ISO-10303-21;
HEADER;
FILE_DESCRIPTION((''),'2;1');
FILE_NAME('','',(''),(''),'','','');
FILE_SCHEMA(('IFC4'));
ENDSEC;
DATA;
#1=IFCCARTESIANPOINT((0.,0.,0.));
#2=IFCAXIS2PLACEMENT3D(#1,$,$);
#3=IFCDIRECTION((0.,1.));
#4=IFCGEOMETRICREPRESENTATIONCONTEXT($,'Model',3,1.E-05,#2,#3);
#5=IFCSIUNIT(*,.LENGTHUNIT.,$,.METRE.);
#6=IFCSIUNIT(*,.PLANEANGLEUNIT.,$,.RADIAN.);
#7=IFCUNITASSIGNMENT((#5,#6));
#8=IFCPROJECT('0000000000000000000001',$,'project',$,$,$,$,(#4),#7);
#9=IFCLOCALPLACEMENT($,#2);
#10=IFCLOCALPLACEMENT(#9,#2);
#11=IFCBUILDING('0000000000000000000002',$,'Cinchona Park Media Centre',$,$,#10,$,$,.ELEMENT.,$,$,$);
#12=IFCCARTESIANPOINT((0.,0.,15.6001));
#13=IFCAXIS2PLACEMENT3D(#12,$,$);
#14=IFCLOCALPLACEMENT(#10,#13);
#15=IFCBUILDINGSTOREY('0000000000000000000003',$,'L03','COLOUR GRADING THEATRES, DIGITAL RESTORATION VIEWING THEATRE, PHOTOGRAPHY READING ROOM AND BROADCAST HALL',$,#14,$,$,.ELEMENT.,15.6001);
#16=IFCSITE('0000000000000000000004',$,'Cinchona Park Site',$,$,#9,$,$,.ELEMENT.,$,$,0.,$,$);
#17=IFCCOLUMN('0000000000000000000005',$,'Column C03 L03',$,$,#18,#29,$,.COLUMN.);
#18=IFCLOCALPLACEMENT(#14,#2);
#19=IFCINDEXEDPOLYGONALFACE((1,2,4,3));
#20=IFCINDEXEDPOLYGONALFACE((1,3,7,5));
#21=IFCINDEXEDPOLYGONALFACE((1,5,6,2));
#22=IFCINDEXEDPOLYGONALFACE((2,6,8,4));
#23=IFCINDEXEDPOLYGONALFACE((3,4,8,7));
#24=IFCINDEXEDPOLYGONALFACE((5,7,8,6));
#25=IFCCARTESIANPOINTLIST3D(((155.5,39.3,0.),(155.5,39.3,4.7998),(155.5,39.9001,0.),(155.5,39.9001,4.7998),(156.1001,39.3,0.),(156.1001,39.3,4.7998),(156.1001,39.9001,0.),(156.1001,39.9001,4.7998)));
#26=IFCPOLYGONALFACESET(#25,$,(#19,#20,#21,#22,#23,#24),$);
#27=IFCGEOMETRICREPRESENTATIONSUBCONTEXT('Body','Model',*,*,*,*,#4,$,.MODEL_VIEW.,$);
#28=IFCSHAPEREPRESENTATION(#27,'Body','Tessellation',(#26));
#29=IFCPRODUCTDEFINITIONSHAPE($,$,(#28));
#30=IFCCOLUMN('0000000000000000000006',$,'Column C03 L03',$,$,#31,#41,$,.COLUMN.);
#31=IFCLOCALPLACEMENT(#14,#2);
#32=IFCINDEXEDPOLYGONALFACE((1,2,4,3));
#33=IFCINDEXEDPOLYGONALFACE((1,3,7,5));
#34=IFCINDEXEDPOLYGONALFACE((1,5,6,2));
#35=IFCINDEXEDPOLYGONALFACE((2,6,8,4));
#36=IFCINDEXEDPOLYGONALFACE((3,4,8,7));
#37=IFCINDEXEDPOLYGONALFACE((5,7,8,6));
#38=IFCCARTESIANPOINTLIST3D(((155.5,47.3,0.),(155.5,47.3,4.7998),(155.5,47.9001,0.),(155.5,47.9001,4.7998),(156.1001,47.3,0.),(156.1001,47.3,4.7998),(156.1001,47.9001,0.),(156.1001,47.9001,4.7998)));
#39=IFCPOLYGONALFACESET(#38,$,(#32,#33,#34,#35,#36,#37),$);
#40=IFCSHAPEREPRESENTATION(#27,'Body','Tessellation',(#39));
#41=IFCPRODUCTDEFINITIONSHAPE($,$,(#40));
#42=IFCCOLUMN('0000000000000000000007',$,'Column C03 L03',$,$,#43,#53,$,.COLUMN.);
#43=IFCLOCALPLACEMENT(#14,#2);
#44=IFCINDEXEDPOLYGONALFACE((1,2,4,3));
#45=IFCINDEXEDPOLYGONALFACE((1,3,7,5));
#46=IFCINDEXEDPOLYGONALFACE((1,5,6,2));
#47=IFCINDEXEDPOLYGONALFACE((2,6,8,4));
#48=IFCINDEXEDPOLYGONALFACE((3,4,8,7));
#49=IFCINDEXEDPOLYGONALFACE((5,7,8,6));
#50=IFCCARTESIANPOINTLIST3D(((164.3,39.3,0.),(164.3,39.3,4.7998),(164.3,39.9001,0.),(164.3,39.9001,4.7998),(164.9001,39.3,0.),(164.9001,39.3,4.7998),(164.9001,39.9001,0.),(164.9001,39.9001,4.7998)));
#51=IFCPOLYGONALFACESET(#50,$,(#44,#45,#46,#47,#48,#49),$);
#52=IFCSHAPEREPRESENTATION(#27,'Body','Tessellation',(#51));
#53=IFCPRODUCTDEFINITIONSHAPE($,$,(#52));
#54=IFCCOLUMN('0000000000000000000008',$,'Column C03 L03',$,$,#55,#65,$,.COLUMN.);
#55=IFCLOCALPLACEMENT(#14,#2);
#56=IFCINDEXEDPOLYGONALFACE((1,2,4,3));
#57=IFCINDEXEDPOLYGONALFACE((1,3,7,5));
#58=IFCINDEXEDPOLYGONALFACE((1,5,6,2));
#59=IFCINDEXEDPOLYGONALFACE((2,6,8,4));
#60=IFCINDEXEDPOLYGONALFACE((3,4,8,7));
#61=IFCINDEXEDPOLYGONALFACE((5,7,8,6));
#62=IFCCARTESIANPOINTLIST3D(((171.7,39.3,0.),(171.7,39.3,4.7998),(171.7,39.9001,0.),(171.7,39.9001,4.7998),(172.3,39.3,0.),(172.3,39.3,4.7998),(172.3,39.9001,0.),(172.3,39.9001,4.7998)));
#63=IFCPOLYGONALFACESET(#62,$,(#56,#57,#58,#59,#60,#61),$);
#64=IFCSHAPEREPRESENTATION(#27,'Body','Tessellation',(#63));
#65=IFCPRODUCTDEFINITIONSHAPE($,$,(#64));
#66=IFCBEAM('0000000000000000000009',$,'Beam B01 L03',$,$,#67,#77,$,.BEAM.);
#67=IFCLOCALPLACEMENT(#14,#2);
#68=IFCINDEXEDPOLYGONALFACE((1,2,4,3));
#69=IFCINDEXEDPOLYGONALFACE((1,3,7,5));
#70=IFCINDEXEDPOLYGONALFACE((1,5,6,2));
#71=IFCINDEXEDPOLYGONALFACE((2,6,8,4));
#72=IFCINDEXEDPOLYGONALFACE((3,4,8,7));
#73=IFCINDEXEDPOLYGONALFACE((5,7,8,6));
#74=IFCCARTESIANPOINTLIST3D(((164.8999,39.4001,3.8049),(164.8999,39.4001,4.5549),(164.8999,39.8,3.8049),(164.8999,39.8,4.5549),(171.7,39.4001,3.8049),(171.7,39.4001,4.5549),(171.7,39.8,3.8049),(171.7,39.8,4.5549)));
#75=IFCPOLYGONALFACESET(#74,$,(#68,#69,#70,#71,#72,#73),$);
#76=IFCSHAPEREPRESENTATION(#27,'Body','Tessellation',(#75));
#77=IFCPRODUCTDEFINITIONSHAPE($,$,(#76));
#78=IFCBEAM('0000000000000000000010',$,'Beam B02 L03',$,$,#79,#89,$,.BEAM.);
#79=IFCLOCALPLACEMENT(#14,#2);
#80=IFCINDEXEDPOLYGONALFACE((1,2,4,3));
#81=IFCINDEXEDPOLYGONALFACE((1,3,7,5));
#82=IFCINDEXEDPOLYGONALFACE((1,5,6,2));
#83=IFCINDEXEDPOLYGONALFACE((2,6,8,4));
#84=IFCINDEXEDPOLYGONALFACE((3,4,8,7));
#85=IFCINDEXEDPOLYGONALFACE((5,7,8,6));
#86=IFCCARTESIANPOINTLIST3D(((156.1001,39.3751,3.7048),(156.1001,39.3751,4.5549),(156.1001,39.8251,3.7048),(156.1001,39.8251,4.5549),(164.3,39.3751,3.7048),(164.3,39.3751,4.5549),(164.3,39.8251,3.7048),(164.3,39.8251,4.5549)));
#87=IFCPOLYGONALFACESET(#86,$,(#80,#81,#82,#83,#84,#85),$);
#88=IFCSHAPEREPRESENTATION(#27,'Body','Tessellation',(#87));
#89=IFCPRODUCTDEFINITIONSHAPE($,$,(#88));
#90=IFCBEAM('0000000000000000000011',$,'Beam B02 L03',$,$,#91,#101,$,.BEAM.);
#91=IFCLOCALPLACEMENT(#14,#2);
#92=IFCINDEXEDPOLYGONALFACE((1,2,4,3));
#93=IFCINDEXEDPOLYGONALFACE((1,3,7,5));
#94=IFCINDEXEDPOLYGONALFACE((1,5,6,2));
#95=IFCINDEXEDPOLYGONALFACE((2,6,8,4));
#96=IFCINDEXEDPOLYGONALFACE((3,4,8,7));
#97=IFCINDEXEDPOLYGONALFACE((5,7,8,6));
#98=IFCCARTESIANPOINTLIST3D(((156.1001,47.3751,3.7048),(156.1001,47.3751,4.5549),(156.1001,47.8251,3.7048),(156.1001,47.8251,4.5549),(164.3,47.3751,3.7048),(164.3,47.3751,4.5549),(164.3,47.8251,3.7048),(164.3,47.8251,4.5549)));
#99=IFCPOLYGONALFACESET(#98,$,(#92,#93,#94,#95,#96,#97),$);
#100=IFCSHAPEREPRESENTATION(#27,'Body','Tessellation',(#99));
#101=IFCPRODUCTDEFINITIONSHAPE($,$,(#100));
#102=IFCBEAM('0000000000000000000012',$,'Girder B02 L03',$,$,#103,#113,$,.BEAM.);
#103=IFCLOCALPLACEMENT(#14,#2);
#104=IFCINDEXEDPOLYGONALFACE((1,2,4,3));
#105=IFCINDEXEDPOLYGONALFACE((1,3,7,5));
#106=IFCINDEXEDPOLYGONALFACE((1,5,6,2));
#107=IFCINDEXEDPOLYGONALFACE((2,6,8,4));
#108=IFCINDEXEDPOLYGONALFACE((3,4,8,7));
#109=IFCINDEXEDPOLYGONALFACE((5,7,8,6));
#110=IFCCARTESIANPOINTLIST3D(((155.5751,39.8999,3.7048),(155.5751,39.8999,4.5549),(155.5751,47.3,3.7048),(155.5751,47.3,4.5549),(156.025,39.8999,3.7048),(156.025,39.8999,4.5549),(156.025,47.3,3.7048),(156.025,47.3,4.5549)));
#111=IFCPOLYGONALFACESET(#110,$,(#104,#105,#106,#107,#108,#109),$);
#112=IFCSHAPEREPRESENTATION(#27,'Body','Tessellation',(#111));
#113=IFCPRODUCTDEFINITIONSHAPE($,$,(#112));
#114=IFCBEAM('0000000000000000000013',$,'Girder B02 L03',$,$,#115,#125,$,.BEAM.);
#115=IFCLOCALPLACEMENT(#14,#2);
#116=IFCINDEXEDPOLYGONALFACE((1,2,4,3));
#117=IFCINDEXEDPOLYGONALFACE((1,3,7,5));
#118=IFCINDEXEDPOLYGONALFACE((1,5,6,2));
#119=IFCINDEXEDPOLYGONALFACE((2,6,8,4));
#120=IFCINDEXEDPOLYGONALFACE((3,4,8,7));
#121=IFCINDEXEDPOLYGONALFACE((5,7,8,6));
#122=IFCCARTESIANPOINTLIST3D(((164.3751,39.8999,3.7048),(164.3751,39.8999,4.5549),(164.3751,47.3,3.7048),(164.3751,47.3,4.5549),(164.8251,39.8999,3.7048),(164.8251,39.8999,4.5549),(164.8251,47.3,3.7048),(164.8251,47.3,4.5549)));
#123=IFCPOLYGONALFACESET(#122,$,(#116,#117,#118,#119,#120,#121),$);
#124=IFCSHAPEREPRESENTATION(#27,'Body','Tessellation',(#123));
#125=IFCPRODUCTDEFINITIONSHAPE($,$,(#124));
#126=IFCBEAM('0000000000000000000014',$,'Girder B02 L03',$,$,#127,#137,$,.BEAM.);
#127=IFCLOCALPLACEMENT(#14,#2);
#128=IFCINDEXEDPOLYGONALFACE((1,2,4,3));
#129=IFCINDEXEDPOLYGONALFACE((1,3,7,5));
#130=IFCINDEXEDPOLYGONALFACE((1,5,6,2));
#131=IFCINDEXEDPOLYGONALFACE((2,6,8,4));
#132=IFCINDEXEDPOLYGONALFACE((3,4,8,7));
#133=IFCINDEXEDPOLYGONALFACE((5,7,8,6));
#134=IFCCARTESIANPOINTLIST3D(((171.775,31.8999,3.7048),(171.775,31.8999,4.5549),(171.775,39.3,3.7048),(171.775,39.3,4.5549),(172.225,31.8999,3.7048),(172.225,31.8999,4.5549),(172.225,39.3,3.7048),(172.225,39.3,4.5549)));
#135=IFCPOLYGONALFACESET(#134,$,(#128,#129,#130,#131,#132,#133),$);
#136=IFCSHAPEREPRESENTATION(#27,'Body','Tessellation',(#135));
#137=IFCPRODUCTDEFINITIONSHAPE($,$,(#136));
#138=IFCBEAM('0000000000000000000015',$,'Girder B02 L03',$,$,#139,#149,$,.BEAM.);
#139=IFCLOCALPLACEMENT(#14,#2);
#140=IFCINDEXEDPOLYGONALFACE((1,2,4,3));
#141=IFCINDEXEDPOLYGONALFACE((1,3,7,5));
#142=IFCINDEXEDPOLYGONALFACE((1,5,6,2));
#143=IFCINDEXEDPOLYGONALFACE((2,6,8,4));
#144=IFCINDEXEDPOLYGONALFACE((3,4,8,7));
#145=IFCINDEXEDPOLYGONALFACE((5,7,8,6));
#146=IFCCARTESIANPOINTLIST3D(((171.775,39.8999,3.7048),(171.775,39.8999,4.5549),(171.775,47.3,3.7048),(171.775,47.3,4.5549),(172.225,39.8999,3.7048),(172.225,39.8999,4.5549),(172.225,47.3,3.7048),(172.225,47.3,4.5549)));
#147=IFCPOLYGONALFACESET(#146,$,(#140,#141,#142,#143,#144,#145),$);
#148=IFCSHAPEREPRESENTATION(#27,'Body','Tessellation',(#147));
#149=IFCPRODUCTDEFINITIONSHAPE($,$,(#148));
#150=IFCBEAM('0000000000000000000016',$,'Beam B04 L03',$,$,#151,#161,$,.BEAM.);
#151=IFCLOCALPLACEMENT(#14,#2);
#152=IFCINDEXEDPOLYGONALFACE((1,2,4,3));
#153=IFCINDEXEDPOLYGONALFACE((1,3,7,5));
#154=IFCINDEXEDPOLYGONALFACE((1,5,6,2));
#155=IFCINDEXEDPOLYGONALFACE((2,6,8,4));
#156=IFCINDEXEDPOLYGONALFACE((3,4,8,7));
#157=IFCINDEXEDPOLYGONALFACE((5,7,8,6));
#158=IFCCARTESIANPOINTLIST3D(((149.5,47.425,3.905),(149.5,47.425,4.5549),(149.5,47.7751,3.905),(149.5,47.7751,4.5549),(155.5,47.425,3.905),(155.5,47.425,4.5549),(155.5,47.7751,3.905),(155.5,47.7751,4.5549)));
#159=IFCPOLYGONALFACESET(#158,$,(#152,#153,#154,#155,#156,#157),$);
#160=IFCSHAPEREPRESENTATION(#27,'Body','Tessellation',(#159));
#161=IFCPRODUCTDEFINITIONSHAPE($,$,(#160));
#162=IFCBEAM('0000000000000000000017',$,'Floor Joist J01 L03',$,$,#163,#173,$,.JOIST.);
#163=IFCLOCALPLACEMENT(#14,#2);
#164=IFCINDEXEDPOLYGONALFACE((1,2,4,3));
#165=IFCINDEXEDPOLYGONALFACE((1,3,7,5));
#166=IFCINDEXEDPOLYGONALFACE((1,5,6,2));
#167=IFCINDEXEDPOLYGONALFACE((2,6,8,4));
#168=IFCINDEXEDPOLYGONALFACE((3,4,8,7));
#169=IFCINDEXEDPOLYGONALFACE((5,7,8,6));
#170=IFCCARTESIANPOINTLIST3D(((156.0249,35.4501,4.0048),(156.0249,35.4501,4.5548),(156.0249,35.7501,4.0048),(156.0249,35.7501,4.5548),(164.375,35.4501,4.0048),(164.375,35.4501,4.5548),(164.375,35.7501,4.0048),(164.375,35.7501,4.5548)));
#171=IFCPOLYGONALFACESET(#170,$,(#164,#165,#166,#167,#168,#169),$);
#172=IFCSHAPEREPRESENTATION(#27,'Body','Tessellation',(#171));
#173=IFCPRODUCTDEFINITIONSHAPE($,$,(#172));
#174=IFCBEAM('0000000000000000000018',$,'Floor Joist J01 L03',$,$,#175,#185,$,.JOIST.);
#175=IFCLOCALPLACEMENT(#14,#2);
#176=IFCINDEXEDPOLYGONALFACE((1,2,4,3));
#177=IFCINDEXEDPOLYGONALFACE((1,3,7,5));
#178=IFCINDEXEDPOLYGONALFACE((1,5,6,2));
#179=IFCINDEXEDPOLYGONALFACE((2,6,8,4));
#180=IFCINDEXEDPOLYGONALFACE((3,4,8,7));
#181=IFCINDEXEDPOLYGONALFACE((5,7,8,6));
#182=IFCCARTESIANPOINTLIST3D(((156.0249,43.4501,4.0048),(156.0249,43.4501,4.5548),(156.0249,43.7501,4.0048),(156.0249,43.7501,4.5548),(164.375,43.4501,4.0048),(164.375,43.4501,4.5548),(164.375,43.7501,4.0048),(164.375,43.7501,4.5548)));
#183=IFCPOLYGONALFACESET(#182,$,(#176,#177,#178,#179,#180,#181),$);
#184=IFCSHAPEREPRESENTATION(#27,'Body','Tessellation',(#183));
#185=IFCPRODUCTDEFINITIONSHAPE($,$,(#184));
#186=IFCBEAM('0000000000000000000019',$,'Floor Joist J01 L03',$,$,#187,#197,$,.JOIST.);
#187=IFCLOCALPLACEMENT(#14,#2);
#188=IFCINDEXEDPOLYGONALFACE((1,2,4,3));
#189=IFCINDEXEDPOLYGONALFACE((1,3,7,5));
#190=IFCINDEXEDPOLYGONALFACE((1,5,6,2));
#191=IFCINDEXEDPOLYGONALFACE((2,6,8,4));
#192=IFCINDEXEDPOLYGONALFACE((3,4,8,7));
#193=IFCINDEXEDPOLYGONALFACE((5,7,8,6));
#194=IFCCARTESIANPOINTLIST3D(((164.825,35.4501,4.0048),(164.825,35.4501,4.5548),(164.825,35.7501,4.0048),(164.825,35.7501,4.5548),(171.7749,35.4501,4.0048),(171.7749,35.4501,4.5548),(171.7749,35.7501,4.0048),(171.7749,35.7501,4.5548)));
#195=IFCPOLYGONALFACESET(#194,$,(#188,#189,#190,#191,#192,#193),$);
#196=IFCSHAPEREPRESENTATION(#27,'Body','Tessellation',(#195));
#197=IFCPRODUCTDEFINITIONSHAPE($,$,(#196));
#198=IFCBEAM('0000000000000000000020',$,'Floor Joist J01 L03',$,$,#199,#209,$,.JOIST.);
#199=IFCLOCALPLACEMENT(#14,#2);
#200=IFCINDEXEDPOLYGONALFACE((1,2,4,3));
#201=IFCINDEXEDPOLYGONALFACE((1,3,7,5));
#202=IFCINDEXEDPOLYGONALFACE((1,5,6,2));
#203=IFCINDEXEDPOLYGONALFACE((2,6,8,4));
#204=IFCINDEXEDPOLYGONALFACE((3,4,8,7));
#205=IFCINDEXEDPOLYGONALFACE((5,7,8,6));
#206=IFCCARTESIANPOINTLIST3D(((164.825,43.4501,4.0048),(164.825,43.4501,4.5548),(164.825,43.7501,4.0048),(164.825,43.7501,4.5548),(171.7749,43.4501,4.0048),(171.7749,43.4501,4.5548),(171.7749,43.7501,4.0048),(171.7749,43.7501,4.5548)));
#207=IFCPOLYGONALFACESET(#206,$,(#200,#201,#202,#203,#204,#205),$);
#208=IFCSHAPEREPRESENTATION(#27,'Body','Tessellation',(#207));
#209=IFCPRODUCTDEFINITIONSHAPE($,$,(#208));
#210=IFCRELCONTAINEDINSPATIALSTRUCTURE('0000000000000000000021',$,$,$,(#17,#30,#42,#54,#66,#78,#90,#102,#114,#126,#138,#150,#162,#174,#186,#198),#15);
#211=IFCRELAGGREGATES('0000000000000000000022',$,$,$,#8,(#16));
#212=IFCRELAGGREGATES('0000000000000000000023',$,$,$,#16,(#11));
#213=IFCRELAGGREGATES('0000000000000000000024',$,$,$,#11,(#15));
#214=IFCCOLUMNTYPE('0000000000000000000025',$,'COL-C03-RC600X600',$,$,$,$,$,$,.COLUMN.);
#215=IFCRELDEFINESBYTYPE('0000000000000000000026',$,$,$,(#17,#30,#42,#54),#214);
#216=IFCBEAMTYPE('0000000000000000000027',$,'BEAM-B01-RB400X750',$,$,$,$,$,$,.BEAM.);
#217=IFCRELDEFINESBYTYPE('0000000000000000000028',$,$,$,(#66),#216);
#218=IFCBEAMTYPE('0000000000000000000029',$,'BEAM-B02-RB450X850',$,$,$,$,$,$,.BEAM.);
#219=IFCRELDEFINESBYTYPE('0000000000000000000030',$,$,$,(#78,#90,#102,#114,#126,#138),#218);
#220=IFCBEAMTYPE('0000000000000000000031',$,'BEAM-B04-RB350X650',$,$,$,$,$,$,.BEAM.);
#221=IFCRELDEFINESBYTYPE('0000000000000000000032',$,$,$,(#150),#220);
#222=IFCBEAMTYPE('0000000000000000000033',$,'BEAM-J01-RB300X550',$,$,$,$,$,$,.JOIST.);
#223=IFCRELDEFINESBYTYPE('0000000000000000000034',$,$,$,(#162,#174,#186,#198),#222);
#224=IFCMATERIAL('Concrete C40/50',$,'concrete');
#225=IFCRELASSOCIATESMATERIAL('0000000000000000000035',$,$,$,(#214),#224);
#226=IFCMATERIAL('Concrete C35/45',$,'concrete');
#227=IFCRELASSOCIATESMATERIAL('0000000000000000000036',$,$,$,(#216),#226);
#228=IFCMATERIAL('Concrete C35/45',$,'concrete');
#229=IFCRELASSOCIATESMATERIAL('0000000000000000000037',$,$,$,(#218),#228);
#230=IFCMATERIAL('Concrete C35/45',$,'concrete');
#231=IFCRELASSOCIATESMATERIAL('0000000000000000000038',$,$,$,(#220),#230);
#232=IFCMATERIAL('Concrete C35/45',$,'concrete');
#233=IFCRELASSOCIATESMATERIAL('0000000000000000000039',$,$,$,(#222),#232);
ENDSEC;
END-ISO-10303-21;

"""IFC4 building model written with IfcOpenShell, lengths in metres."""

from ifc_helpers import new_model, si_unit, direction, frame, origin, origin_2d, place, context, subcontext, project, spatial, rectangle, extrude, material, material_profile, profile_set, type_object, element, save


model = new_model("IFC4")

# Units and contexts
model_context = context("Model", 3, precision=1e-05, world=origin(), true_north=direction((0.0, 1.0)))
body_context = subcontext(model_context, "Body", "Model", "MODEL_VIEW")
ifc_project = project(units=[si_unit("LENGTHUNIT", "METRE"), si_unit("PLANEANGLEUNIT", "RADIAN")], contexts=[model_context])

# Site, building, storey
site_placement = place(None, origin())
site = spatial("IfcSite", under=ifc_project, at=site_placement, Name="Cinchona Park Site", CompositionType="ELEMENT", RefElevation=0.0)
building_placement = place(site_placement, origin())
building = spatial("IfcBuilding", under=site, at=building_placement, Name="Cinchona Park Media Centre", CompositionType="ELEMENT")
storey_placement = place(building_placement, frame((0.0, 0.0, 15.6001)))
storey = spatial("IfcBuildingStorey", under=building, at=storey_placement, Name="L03", Description="COLOUR GRADING THEATRES, DIGITAL RESTORATION VIEWING THEATRE, PHOTOGRAPHY READING ROOM AND BROADCAST HALL", CompositionType="ELEMENT", Elevation=15.6001)

# Columns
ifc_material_1 = material(Name="Concrete C40/50", Category="concrete")
ifc_material_profile_1 = material_profile(ifc_material_1, rectangle(XDim=0.6001, YDim=0.6001, at=origin_2d()), Name="RC 600X600")
ifc_profile_set_1 = profile_set([ifc_material_profile_1], Name="Concrete C40/50")
column_type = type_object("IfcColumnType", Name="COL-C03-RC600X600", PredefinedType="COLUMN", material=ifc_profile_set_1)
for number, where, z_axis, x_axis, name in (
    (1, (155.8, 39.6001, 0.0), (0.0, 0.0, 1.0), (1.0, 0.0, 0.0), "Column C03 L03"),
    (2, (155.8, 47.6001, 0.0), (0.0, 0.0, 1.0), (1.0, 0.0, 0.0), "Column C03 L03"),
    (3, (164.6001, 39.6001, 0.0), (0.0, 0.0, 1.0), (1.0, 0.0, 0.0), "Column C03 L03"),
    (4, (172.0, 39.6001, 0.0), (0.0, 0.0, 1.0), (1.0, 0.0, 0.0), "Column C03 L03"),
):
    element("IfcColumn", number, at=place(storey_placement, frame(where, z_axis=z_axis, x_axis=x_axis)), inside=storey, type_object=column_type, Name=name, PredefinedType="COLUMN", context=body_context, shape_type="SweptSolid", body=[
        extrude(rectangle(XDim=0.6001, YDim=0.6001, at=origin_2d()), origin(), (0.0, 0.0, 1.0), 4.7998),
    ])

# Beams
ifc_material_2 = material(Name="Concrete C35/45", Category="concrete")
ifc_material_profile_2 = material_profile(ifc_material_2, rectangle(XDim=0.3999, YDim=0.75, at=origin_2d()), Name="RB 400X750")
ifc_profile_set_2 = profile_set([ifc_material_profile_2], Name="Concrete C35/45")
beam_type_1 = type_object("IfcBeamType", Name="BEAM-B01-RB400X750", PredefinedType="BEAM", material=ifc_profile_set_2)
beam_1_placement = place(storey_placement, frame((164.8999, 39.6001, 4.1799), z_axis=(1.0, 0.0, 0.0), x_axis=(0.0, 1.0, 0.0)))
element("IfcBeam", 5, at=beam_1_placement, inside=storey, type_object=beam_type_1, Name="Beam B01 L03", PredefinedType="BEAM", context=body_context, shape_type="SweptSolid", body=[
    extrude(rectangle(XDim=0.3999, YDim=0.75, at=origin_2d()), origin(), (0.0, 0.0, 1.0), 6.8),
])
ifc_material_3 = material(Name="Concrete C35/45", Category="concrete")
ifc_material_profile_3 = material_profile(ifc_material_3, rectangle(XDim=0.45, YDim=0.8501, at=origin_2d()), Name="RB 450X850")
ifc_profile_set_3 = profile_set([ifc_material_profile_3], Name="Concrete C35/45")
beam_type_2 = type_object("IfcBeamType", Name="BEAM-B02-RB450X850", PredefinedType="BEAM", material=ifc_profile_set_3)
for number, where, z_axis, x_axis, name in (
    (6, (156.1001, 39.6001, 4.1299), (1.0, 0.0, 0.0), (0.0, 1.0, 0.0), "Beam B02 L03"),
    (7, (156.1001, 47.6001, 4.1299), (1.0, 0.0, 0.0), (0.0, 1.0, 0.0), "Beam B02 L03"),
):
    element("IfcBeam", number, at=place(storey_placement, frame(where, z_axis=z_axis, x_axis=x_axis)), inside=storey, type_object=beam_type_2, Name=name, PredefinedType="BEAM", context=body_context, shape_type="SweptSolid", body=[
        extrude(rectangle(XDim=0.45, YDim=0.8501, at=origin_2d()), origin(), (0.0, 0.0, 1.0), 8.2),
    ])
for number, where, z_axis, x_axis, name in (
    (8, (155.8, 39.8999, 4.1299), (0.0, 1.0, 0.0), (-1.0, 0.0, 0.0), "Girder B02 L03"),
    (9, (164.6001, 39.8999, 4.1299), (0.0, 1.0, 0.0), (-1.0, 0.0, 0.0), "Girder B02 L03"),
    (10, (172.0, 31.8999, 4.1299), (0.0, 1.0, 0.0), (-1.0, 0.0, 0.0), "Girder B02 L03"),
    (11, (172.0, 39.8999, 4.1299), (0.0, 1.0, 0.0), (-1.0, 0.0, 0.0), "Girder B02 L03"),
):
    element("IfcBeam", number, at=place(storey_placement, frame(where, z_axis=z_axis, x_axis=x_axis)), inside=storey, type_object=beam_type_2, Name=name, PredefinedType="BEAM", context=body_context, shape_type="SweptSolid", body=[
        extrude(rectangle(XDim=0.45, YDim=0.8501, at=origin_2d()), origin(), (0.0, 0.0, 1.0), 7.4001),
    ])
ifc_material_4 = material(Name="Concrete C35/45", Category="concrete")
ifc_material_profile_4 = material_profile(ifc_material_4, rectangle(XDim=0.3501, YDim=0.6499, at=origin_2d()), Name="RB 350X650")
ifc_profile_set_4 = profile_set([ifc_material_profile_4], Name="Concrete C35/45")
beam_type_3 = type_object("IfcBeamType", Name="BEAM-B04-RB350X650", PredefinedType="BEAM", material=ifc_profile_set_4)
beam_2_placement = place(storey_placement, frame((149.5, 47.6001, 4.23), z_axis=(1.0, 0.0, 0.0), x_axis=(0.0, 1.0, 0.0)))
element("IfcBeam", 12, at=beam_2_placement, inside=storey, type_object=beam_type_3, Name="Beam B04 L03", PredefinedType="BEAM", context=body_context, shape_type="SweptSolid", body=[
    extrude(rectangle(XDim=0.3501, YDim=0.6499, at=origin_2d()), origin(), (0.0, 0.0, 1.0), 6.0),
])
ifc_material_5 = material(Name="Concrete C35/45", Category="concrete")
ifc_material_profile_5 = material_profile(ifc_material_5, rectangle(XDim=0.3, YDim=0.55, at=origin_2d()), Name="RB 300X550")
ifc_profile_set_5 = profile_set([ifc_material_profile_5], Name="Concrete C35/45")
beam_type_4 = type_object("IfcBeamType", Name="BEAM-J01-RB300X550", PredefinedType="JOIST", material=ifc_profile_set_5)
for number, where, z_axis, x_axis, name in (
    (13, (156.0249, 35.6001, 4.2798), (1.0, 0.0, 0.0), (0.0, 1.0, 0.0), "Floor Joist J01 L03"),
    (14, (156.0249, 43.6001, 4.2798), (1.0, 0.0, 0.0), (0.0, 1.0, 0.0), "Floor Joist J01 L03"),
):
    element("IfcBeam", number, at=place(storey_placement, frame(where, z_axis=z_axis, x_axis=x_axis)), inside=storey, type_object=beam_type_4, Name=name, PredefinedType="JOIST", context=body_context, shape_type="SweptSolid", body=[
        extrude(rectangle(XDim=0.3, YDim=0.55, at=origin_2d()), origin(), (0.0, 0.0, 1.0), 8.3501),
    ])
for number, where, z_axis, x_axis, name in (
    (15, (164.825, 35.6001, 4.2798), (1.0, 0.0, 0.0), (0.0, 1.0, 0.0), "Floor Joist J01 L03"),
    (16, (164.825, 43.6001, 4.2798), (1.0, 0.0, 0.0), (0.0, 1.0, 0.0), "Floor Joist J01 L03"),
):
    element("IfcBeam", number, at=place(storey_placement, frame(where, z_axis=z_axis, x_axis=x_axis)), inside=storey, type_object=beam_type_4, Name=name, PredefinedType="JOIST", context=body_context, shape_type="SweptSolid", body=[
        extrude(rectangle(XDim=0.3, YDim=0.55, at=origin_2d()), origin(), (0.0, 0.0, 1.0), 6.95),
    ])

save(model, "model.ifc")
